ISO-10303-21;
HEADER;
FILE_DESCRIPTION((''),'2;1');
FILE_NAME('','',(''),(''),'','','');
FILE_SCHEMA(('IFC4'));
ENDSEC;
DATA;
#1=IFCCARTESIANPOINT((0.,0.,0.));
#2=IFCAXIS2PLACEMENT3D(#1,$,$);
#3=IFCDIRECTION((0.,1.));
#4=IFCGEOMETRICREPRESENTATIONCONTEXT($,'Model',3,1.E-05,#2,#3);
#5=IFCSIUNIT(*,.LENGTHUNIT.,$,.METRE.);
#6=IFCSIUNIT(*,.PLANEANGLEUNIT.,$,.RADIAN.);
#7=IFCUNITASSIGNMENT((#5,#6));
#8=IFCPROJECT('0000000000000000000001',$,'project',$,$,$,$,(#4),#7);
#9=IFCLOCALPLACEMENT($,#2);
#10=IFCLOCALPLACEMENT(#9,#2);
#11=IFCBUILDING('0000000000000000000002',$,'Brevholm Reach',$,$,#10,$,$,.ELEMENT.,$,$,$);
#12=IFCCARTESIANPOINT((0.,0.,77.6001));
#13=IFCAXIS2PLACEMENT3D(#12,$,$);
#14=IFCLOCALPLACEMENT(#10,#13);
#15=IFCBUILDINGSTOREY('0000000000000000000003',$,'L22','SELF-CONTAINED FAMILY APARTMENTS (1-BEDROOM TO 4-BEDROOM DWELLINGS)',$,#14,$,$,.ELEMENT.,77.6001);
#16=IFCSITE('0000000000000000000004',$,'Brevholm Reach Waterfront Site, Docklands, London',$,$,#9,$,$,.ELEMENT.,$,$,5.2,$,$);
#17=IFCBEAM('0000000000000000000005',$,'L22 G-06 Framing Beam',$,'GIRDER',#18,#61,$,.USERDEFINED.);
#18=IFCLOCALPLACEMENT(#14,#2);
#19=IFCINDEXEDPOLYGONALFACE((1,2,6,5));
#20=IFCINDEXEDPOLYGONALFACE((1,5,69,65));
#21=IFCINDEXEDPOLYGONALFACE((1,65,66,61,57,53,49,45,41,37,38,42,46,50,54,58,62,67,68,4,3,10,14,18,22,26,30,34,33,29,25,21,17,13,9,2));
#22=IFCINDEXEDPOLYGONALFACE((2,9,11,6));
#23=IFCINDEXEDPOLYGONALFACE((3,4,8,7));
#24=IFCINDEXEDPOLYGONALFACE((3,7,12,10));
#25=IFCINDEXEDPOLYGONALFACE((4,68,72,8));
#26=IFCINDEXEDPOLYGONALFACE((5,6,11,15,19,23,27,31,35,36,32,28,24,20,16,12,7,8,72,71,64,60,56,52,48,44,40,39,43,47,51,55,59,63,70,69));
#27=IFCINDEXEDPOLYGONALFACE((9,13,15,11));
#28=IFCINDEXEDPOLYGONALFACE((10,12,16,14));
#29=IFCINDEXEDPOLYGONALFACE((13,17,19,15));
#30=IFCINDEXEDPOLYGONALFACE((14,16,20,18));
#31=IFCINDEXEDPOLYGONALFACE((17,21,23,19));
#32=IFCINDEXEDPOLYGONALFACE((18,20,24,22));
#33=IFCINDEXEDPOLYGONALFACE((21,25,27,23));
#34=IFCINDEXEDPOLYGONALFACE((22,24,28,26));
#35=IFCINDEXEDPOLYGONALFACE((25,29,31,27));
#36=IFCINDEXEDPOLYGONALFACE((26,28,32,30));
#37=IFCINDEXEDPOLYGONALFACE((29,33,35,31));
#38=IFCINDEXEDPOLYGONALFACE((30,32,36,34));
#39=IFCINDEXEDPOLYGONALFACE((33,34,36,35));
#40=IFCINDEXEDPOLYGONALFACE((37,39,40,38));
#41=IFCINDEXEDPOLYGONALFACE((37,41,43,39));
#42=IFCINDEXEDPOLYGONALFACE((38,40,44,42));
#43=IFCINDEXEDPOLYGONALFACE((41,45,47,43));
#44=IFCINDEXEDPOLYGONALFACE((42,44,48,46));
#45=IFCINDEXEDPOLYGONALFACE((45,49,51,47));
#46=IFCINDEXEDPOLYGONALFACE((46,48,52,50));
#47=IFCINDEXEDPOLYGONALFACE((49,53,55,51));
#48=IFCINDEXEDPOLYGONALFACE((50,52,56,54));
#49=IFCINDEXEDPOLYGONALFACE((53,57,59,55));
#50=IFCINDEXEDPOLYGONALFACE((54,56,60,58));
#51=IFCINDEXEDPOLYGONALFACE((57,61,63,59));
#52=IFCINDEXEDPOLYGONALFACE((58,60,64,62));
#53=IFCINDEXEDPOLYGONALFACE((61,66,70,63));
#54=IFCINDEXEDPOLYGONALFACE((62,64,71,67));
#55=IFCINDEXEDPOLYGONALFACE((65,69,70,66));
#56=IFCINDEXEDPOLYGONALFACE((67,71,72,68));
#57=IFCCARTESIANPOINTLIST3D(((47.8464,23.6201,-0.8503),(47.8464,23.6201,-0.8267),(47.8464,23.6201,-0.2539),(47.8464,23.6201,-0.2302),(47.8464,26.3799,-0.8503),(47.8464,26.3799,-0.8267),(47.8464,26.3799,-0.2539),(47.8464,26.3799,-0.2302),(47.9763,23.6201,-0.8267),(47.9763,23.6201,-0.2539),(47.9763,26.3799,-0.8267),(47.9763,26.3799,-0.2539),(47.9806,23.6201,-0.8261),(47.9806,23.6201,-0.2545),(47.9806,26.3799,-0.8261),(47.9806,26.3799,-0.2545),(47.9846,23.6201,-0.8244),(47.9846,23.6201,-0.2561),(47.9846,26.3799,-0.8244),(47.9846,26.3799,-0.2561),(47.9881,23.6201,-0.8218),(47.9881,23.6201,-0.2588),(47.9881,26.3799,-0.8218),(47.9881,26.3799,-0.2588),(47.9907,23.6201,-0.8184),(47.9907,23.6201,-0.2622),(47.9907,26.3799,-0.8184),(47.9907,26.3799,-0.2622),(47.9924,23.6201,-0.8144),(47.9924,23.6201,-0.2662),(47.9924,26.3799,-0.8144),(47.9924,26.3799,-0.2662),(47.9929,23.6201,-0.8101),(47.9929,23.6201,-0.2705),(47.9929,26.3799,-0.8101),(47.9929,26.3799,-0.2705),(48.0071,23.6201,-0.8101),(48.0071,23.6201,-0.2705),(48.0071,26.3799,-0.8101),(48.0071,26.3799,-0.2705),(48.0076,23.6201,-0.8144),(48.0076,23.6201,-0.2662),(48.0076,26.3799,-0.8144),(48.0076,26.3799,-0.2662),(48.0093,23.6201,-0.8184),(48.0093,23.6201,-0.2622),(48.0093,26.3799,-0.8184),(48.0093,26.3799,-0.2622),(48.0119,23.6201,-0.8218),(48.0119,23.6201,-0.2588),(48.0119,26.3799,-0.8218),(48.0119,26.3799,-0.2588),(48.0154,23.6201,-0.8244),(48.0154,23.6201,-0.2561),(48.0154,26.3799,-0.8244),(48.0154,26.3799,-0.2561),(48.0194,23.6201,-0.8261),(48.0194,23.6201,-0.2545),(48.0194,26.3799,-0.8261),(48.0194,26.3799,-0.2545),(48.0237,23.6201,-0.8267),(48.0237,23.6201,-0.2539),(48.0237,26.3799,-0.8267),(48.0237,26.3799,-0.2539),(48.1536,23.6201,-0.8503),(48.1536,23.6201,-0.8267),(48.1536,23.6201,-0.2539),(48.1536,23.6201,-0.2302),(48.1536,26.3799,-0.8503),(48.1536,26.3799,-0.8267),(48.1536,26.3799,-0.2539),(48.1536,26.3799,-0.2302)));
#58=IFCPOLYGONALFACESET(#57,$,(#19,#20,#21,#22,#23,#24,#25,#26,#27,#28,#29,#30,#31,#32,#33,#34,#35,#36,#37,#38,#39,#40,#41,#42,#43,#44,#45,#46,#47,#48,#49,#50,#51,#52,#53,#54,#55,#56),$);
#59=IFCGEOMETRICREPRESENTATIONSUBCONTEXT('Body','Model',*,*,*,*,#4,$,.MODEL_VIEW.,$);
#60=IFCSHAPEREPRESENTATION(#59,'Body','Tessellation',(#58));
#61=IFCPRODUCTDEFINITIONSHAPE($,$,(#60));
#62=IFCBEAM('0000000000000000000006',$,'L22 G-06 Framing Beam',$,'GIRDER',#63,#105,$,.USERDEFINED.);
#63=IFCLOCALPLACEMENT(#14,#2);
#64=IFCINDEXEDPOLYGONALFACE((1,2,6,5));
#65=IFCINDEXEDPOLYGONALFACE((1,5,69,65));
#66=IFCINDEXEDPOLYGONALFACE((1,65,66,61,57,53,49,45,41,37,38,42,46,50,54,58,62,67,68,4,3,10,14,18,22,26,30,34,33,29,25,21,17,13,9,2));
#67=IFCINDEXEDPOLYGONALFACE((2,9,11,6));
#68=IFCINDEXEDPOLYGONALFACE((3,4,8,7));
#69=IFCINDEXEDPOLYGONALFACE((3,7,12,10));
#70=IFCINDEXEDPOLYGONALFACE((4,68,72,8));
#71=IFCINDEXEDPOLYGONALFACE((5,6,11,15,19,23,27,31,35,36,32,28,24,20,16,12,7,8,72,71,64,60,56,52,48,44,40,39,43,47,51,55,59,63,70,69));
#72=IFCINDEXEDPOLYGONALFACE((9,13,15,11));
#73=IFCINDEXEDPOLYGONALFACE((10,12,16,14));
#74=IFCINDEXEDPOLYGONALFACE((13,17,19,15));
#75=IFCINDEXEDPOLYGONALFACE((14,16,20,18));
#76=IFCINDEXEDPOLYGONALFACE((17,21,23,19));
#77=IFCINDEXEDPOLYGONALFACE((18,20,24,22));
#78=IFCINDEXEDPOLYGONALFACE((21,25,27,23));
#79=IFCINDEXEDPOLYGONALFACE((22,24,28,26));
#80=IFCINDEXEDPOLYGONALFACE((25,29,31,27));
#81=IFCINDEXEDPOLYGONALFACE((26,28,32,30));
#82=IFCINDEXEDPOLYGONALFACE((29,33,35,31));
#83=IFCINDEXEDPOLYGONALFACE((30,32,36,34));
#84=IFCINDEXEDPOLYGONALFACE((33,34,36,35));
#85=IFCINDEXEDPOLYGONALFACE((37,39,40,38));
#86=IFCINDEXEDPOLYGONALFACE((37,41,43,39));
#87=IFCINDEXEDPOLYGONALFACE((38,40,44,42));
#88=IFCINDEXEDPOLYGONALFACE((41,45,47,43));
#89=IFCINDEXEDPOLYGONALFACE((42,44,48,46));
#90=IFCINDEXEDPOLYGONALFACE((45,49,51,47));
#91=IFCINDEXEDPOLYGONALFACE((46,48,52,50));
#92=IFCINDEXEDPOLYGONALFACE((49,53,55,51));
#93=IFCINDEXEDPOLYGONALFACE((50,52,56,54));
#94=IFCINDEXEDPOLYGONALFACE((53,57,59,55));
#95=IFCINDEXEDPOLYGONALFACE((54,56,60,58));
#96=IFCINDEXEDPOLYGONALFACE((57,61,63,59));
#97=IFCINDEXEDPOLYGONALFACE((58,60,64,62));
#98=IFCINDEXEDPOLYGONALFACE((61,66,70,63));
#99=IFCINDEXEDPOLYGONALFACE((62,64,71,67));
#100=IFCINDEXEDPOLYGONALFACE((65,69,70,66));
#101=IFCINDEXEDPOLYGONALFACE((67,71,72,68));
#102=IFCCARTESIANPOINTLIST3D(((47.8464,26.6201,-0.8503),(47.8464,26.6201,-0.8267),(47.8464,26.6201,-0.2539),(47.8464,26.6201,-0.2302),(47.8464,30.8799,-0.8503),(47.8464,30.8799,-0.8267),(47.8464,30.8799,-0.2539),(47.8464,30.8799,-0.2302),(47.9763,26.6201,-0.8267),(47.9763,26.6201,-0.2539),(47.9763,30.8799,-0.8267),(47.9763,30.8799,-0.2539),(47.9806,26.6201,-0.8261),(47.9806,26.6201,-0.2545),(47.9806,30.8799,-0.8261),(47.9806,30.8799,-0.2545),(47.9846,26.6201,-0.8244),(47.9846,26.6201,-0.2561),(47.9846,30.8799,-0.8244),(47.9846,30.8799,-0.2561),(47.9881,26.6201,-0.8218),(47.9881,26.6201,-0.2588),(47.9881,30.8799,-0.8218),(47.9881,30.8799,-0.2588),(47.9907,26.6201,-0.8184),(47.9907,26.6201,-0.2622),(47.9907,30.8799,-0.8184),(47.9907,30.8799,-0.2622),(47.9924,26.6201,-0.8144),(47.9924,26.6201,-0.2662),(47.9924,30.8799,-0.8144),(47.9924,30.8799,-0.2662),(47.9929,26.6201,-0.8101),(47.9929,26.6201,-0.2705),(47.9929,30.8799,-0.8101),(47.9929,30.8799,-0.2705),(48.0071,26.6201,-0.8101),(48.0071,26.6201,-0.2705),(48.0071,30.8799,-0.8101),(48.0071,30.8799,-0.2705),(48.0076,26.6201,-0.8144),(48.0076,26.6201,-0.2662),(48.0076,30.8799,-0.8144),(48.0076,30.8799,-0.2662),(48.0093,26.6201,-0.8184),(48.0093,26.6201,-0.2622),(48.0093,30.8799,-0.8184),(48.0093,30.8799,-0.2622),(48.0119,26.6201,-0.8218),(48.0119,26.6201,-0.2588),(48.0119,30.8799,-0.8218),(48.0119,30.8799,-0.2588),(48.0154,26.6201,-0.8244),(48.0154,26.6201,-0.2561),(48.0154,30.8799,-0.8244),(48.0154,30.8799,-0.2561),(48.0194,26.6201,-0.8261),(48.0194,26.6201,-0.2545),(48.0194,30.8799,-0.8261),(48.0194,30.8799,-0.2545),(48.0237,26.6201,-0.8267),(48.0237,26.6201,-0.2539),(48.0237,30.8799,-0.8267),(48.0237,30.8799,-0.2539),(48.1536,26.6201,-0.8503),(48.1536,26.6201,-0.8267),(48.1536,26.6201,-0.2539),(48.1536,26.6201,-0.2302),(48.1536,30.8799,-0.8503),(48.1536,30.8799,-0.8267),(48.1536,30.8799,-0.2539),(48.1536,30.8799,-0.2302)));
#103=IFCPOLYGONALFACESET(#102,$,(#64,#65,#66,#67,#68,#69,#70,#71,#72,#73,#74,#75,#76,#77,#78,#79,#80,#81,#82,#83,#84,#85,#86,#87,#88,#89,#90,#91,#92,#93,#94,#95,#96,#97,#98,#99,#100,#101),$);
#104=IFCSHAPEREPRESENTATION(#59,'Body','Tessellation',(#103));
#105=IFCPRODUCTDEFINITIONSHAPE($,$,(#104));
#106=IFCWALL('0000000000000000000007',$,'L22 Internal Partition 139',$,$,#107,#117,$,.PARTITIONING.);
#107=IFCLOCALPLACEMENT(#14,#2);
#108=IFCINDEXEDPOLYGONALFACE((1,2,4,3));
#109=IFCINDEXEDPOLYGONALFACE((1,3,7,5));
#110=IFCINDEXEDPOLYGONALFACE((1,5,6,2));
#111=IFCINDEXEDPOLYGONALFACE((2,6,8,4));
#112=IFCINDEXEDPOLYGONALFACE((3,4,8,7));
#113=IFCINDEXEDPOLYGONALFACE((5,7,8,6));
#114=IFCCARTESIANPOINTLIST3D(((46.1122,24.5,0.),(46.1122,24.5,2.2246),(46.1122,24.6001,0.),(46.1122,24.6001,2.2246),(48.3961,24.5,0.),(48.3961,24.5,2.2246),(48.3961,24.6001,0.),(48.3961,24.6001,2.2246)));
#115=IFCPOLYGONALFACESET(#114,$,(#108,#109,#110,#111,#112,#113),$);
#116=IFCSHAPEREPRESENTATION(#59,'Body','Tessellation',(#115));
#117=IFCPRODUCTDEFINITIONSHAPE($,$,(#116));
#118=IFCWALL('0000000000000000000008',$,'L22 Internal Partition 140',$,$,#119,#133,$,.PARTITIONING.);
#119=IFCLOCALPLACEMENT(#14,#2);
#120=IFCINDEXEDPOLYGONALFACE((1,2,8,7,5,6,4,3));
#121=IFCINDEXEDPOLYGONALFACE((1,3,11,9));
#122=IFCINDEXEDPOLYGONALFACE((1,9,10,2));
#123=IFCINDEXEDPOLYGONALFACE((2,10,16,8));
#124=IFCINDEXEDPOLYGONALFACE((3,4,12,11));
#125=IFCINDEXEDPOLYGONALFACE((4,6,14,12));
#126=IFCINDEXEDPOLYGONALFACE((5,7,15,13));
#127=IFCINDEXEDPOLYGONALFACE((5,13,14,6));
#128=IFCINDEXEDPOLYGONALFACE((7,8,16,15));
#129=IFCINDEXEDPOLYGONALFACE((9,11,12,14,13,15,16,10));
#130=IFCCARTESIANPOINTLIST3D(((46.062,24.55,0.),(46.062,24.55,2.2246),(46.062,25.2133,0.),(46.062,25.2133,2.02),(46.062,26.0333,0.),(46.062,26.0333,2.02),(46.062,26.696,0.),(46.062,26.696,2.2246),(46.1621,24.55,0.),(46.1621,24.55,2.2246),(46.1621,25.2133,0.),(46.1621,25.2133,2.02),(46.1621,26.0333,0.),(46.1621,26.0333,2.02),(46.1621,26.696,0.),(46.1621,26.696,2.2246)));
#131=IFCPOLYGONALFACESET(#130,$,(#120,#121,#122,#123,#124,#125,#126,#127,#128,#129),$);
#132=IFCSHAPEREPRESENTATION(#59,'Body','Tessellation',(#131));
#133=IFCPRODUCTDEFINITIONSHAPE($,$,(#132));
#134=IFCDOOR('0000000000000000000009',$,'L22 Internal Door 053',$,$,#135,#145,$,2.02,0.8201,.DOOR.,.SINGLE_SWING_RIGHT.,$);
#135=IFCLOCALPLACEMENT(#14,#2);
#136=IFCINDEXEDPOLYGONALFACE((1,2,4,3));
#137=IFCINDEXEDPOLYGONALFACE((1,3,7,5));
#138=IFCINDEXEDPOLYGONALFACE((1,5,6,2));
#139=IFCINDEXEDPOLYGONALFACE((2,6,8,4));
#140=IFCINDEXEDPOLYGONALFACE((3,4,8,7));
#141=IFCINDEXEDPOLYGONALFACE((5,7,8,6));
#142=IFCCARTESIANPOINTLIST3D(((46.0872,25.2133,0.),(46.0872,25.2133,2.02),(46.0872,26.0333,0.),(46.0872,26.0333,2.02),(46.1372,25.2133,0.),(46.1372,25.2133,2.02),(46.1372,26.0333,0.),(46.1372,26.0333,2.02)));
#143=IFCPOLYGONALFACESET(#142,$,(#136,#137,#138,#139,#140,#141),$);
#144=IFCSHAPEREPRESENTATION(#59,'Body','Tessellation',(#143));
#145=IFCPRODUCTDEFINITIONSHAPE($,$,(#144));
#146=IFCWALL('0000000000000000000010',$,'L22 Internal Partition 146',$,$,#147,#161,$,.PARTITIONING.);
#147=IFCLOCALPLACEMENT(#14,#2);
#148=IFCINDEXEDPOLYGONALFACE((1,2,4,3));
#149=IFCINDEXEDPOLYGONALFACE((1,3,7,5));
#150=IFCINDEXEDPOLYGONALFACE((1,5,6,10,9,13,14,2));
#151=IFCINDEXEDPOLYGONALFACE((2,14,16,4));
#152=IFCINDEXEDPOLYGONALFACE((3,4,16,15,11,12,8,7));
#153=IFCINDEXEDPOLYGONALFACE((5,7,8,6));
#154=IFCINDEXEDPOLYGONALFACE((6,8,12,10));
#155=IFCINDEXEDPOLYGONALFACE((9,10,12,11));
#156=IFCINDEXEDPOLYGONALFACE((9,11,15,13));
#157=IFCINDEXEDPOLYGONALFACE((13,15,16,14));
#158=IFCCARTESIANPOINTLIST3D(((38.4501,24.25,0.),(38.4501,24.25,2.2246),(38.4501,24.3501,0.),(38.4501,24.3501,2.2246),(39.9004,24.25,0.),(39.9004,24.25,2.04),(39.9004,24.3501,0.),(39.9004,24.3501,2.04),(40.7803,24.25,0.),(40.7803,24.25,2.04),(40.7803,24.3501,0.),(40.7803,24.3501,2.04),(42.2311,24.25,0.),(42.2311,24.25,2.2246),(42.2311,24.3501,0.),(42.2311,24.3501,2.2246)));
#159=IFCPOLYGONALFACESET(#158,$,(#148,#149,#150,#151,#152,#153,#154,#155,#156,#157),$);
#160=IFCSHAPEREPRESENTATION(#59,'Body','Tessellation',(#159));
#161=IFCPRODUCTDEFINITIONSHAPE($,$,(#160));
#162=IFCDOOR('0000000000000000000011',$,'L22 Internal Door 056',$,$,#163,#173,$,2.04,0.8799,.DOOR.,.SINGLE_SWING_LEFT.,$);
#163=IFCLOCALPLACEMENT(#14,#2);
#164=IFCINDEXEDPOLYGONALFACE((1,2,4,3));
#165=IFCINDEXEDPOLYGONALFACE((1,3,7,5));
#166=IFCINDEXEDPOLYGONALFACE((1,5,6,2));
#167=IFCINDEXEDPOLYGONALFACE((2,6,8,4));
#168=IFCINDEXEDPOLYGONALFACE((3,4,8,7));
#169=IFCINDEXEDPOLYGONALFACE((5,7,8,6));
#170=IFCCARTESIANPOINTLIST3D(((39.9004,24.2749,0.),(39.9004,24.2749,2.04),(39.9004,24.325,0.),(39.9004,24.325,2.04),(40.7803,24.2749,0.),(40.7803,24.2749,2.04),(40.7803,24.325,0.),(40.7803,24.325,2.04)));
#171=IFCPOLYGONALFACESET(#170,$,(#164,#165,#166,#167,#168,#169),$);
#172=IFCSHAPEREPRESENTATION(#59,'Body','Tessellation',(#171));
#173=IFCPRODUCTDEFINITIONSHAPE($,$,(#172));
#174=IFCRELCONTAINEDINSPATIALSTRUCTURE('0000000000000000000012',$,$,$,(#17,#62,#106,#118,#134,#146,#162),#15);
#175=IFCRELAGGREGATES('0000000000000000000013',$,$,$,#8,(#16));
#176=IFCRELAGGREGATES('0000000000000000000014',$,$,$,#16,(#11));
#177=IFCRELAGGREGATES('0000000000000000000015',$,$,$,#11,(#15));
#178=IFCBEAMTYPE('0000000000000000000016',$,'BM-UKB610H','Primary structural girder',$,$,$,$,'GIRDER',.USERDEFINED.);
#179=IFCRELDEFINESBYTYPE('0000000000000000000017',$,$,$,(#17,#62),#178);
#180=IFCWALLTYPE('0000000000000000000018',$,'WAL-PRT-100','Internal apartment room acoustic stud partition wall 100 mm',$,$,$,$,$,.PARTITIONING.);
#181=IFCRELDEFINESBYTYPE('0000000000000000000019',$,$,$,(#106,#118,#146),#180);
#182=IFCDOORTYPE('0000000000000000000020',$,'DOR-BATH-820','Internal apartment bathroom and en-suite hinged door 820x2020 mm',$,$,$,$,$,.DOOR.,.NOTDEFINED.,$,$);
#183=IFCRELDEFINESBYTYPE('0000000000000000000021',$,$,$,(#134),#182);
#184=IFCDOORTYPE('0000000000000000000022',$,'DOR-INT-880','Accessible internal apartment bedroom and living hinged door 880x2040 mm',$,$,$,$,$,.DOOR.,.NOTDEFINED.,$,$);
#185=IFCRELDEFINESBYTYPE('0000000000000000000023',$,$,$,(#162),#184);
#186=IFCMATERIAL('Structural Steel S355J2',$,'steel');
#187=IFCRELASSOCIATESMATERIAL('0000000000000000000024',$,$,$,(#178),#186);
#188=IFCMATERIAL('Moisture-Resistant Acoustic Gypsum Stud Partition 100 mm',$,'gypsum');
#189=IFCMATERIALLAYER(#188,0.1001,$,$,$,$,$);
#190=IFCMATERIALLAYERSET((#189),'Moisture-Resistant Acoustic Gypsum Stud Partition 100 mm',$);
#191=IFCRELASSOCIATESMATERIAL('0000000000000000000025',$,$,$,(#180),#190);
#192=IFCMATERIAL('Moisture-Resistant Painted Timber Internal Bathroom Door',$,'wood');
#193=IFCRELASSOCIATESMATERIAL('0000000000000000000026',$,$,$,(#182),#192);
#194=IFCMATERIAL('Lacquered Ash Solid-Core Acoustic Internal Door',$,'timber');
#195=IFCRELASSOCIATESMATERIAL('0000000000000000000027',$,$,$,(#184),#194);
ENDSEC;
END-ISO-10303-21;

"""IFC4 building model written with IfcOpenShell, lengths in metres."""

from ifc_helpers import new_model, si_unit, direction, frame, frame_2d, origin, origin_2d, place, context, subcontext, project, spatial, rectangle, i_section, extrude, material, layer, layer_set, material_profile, profile_set, type_object, element, fill, save


model = new_model("IFC4")

# Units and contexts
model_context = context("Model", 3, precision=1e-05, world=origin(), true_north=direction((0.0, 1.0)))
body_context = subcontext(model_context, "Body", "Model", "MODEL_VIEW")
ifc_project = project(units=[si_unit("LENGTHUNIT", "METRE"), si_unit("PLANEANGLEUNIT", "RADIAN")], contexts=[model_context])

# Site, building, storey
site_placement = place(None, origin())
site = spatial("IfcSite", under=ifc_project, at=site_placement, Name="Brevholm Reach Waterfront Site, Docklands, London", CompositionType="ELEMENT", RefElevation=5.2)
building_placement = place(site_placement, origin())
building = spatial("IfcBuilding", under=site, at=building_placement, Name="Brevholm Reach", CompositionType="ELEMENT")
storey_placement = place(building_placement, frame((0.0, 0.0, 77.6001)))
storey = spatial("IfcBuildingStorey", under=building, at=storey_placement, Name="L22", Description="SELF-CONTAINED FAMILY APARTMENTS (1-BEDROOM TO 4-BEDROOM DWELLINGS)", CompositionType="ELEMENT", Elevation=77.6001)

# Beams
ifc_material_1 = material(Name="Structural Steel S355J2", Category="steel")
ifc_material_profile_1 = material_profile(ifc_material_1, i_section(OverallWidth=0.3071, OverallDepth=0.6201, WebThickness=0.0142, FlangeThickness=0.0237, FilletRadius=0.0166, at=origin_2d()), Name="UKB 610x305x179")
ifc_profile_set_1 = profile_set([ifc_material_profile_1], Name="Structural Steel S355J2")
beam_type_1 = type_object("IfcBeamType", Name="BM-UKB610H", Description="Primary structural girder", ElementType="GIRDER", PredefinedType="USERDEFINED", material=ifc_profile_set_1)
beam_1_placement = place(storey_placement, frame((48.0, 23.6201, -0.5403), z_axis=(0.0, 1.0, 0.0), x_axis=(-1.0, 0.0, 0.0)))
element("IfcBeam", 1, at=beam_1_placement, inside=storey, type_object=beam_type_1, Name="L22 G-06 Framing Beam", ObjectType="GIRDER", PredefinedType="USERDEFINED", context=body_context, shape_type="SweptSolid", body=[
    extrude(i_section(OverallWidth=0.3071, OverallDepth=0.6201, WebThickness=0.0142, FlangeThickness=0.0237, FilletRadius=0.0166, at=origin_2d()), origin(), (0.0, 0.0, 1.0), 2.7598),
])
beam_2_placement = place(storey_placement, frame((48.0, 26.6201, -0.5403), z_axis=(0.0, 1.0, 0.0), x_axis=(-1.0, 0.0, 0.0)))
element("IfcBeam", 2, at=beam_2_placement, inside=storey, type_object=beam_type_1, Name="L22 G-06 Framing Beam", ObjectType="GIRDER", PredefinedType="USERDEFINED", context=body_context, shape_type="SweptSolid", body=[
    extrude(i_section(OverallWidth=0.3071, OverallDepth=0.6201, WebThickness=0.0142, FlangeThickness=0.0237, FilletRadius=0.0166, at=origin_2d()), origin(), (0.0, 0.0, 1.0), 4.2598),
])

# Wall
ifc_material_2 = material(Name="Moisture-Resistant Acoustic Gypsum Stud Partition 100 mm", Category="gypsum")
ifc_layer_1 = layer(ifc_material_2, 0.1001)
ifc_layer_set_1 = layer_set([ifc_layer_1], Name="Moisture-Resistant Acoustic Gypsum Stud Partition 100 mm")
wall_type_1 = type_object("IfcWallType", Name="WAL-PRT-100", Description="Internal apartment room acoustic stud partition wall 100 mm", PredefinedType="PARTITIONING", material=ifc_layer_set_1)
wall_1_placement = place(storey_placement, frame((46.1121, 24.55, 0.0), z_axis=(0.0, 0.0, 1.0), x_axis=(1.0, 0.0, 0.0)))
element("IfcWall", 3, at=wall_1_placement, inside=storey, type_object=wall_type_1, Name="L22 Internal Partition 139", PredefinedType="PARTITIONING", context=body_context, shape_type="SweptSolid", body=[
    extrude(rectangle(XDim=2.2839, YDim=0.1001, at=frame_2d((1.1421, 0.0))), origin(), (0.0, 0.0, 1.0), 2.2246),
])

# Walls, openings, doors
wall_2_placement = place(storey_placement, frame((46.1121, 24.55, 0.0), z_axis=(0.0, 0.0, 1.0), x_axis=(0.0, 1.0, 0.0)))
wall_2 = element("IfcWall", 4, at=wall_2_placement, inside=storey, type_object=wall_type_1, Name="L22 Internal Partition 140", PredefinedType="PARTITIONING", context=body_context, shape_type="SweptSolid", body=[
    extrude(rectangle(XDim=2.146, YDim=0.1001, at=frame_2d((1.073, 0.0))), origin(), (0.0, 0.0, 1.0), 2.2246),
])
opening_1_placement = place(wall_2_placement, frame((0.6631, 0.0, 0.0)))
opening_1 = element("IfcOpeningElement", 5, at=opening_1_placement, cuts=wall_2, PredefinedType="OPENING", context=body_context, shape_type="SweptSolid", body=[
    extrude(rectangle(XDim=0.8201, YDim=2.02, at=frame_2d((0.4102, 1.01))), frame((0.0, 0.0601, 0.0), z_axis=(0.0, -1.0, 0.0), x_axis=(1.0, 0.0, 0.0)), (0.0, 0.0, 1.0), 0.1201),
])
ifc_material_3 = material(Name="Moisture-Resistant Painted Timber Internal Bathroom Door", Category="wood")
door_type_1 = type_object("IfcDoorType", Name="DOR-BATH-820", Description="Internal apartment bathroom and en-suite hinged door 820x2020 mm", OperationType="NOTDEFINED", PredefinedType="DOOR", material=ifc_material_3)
door_1_placement = place(opening_1_placement, origin())
door_1 = element("IfcDoor", 6, at=door_1_placement, inside=storey, type_object=door_type_1, Name="L22 Internal Door 053", OperationType="SINGLE_SWING_RIGHT", OverallHeight=2.02, OverallWidth=0.8201, PredefinedType="DOOR", context=body_context, shape_type="SweptSolid", body=[
    extrude(rectangle(XDim=0.8201, YDim=2.02, at=frame_2d((0.4102, 1.01))), frame((0.0, 0.0249, 0.0), z_axis=(0.0, -1.0, 0.0), x_axis=(1.0, 0.0, 0.0)), (0.0, 0.0, 1.0), 0.05),
])
fill(opening_1, door_1)
wall_3_placement = place(storey_placement, frame((38.45, 24.3, 0.0), z_axis=(0.0, 0.0, 1.0), x_axis=(1.0, 0.0, 0.0)))
wall_3 = element("IfcWall", 7, at=wall_3_placement, inside=storey, type_object=wall_type_1, Name="L22 Internal Partition 146", PredefinedType="PARTITIONING", context=body_context, shape_type="SweptSolid", body=[
    extrude(rectangle(XDim=3.781, YDim=0.1001, at=frame_2d((1.8906, 0.0))), origin(), (0.0, 0.0, 1.0), 2.2246),
])
opening_2_placement = place(wall_3_placement, frame((1.4504, 0.0, 0.0)))
opening_2 = element("IfcOpeningElement", 8, at=opening_2_placement, cuts=wall_3, PredefinedType="OPENING", context=body_context, shape_type="SweptSolid", body=[
    extrude(rectangle(XDim=0.8799, YDim=2.04, at=frame_2d((0.4399, 1.02))), frame((0.0, 0.0601, 0.0), z_axis=(0.0, -1.0, 0.0), x_axis=(1.0, 0.0, 0.0)), (0.0, 0.0, 1.0), 0.1201),
])
ifc_material_4 = material(Name="Lacquered Ash Solid-Core Acoustic Internal Door", Category="timber")
door_type_2 = type_object("IfcDoorType", Name="DOR-INT-880", Description="Accessible internal apartment bedroom and living hinged door 880x2040 mm", OperationType="NOTDEFINED", PredefinedType="DOOR", material=ifc_material_4)
door_2_placement = place(opening_2_placement, origin())
door_2 = element("IfcDoor", 9, at=door_2_placement, inside=storey, type_object=door_type_2, Name="L22 Internal Door 056", OperationType="SINGLE_SWING_LEFT", OverallHeight=2.04, OverallWidth=0.8799, PredefinedType="DOOR", context=body_context, shape_type="SweptSolid", body=[
    extrude(rectangle(XDim=0.8799, YDim=2.04, at=frame_2d((0.4399, 1.02))), frame((0.0, 0.0249, 0.0), z_axis=(0.0, -1.0, 0.0), x_axis=(1.0, 0.0, 0.0)), (0.0, 0.0, 1.0), 0.05),
])
fill(opening_2, door_2)

save(model, "model.ifc")
